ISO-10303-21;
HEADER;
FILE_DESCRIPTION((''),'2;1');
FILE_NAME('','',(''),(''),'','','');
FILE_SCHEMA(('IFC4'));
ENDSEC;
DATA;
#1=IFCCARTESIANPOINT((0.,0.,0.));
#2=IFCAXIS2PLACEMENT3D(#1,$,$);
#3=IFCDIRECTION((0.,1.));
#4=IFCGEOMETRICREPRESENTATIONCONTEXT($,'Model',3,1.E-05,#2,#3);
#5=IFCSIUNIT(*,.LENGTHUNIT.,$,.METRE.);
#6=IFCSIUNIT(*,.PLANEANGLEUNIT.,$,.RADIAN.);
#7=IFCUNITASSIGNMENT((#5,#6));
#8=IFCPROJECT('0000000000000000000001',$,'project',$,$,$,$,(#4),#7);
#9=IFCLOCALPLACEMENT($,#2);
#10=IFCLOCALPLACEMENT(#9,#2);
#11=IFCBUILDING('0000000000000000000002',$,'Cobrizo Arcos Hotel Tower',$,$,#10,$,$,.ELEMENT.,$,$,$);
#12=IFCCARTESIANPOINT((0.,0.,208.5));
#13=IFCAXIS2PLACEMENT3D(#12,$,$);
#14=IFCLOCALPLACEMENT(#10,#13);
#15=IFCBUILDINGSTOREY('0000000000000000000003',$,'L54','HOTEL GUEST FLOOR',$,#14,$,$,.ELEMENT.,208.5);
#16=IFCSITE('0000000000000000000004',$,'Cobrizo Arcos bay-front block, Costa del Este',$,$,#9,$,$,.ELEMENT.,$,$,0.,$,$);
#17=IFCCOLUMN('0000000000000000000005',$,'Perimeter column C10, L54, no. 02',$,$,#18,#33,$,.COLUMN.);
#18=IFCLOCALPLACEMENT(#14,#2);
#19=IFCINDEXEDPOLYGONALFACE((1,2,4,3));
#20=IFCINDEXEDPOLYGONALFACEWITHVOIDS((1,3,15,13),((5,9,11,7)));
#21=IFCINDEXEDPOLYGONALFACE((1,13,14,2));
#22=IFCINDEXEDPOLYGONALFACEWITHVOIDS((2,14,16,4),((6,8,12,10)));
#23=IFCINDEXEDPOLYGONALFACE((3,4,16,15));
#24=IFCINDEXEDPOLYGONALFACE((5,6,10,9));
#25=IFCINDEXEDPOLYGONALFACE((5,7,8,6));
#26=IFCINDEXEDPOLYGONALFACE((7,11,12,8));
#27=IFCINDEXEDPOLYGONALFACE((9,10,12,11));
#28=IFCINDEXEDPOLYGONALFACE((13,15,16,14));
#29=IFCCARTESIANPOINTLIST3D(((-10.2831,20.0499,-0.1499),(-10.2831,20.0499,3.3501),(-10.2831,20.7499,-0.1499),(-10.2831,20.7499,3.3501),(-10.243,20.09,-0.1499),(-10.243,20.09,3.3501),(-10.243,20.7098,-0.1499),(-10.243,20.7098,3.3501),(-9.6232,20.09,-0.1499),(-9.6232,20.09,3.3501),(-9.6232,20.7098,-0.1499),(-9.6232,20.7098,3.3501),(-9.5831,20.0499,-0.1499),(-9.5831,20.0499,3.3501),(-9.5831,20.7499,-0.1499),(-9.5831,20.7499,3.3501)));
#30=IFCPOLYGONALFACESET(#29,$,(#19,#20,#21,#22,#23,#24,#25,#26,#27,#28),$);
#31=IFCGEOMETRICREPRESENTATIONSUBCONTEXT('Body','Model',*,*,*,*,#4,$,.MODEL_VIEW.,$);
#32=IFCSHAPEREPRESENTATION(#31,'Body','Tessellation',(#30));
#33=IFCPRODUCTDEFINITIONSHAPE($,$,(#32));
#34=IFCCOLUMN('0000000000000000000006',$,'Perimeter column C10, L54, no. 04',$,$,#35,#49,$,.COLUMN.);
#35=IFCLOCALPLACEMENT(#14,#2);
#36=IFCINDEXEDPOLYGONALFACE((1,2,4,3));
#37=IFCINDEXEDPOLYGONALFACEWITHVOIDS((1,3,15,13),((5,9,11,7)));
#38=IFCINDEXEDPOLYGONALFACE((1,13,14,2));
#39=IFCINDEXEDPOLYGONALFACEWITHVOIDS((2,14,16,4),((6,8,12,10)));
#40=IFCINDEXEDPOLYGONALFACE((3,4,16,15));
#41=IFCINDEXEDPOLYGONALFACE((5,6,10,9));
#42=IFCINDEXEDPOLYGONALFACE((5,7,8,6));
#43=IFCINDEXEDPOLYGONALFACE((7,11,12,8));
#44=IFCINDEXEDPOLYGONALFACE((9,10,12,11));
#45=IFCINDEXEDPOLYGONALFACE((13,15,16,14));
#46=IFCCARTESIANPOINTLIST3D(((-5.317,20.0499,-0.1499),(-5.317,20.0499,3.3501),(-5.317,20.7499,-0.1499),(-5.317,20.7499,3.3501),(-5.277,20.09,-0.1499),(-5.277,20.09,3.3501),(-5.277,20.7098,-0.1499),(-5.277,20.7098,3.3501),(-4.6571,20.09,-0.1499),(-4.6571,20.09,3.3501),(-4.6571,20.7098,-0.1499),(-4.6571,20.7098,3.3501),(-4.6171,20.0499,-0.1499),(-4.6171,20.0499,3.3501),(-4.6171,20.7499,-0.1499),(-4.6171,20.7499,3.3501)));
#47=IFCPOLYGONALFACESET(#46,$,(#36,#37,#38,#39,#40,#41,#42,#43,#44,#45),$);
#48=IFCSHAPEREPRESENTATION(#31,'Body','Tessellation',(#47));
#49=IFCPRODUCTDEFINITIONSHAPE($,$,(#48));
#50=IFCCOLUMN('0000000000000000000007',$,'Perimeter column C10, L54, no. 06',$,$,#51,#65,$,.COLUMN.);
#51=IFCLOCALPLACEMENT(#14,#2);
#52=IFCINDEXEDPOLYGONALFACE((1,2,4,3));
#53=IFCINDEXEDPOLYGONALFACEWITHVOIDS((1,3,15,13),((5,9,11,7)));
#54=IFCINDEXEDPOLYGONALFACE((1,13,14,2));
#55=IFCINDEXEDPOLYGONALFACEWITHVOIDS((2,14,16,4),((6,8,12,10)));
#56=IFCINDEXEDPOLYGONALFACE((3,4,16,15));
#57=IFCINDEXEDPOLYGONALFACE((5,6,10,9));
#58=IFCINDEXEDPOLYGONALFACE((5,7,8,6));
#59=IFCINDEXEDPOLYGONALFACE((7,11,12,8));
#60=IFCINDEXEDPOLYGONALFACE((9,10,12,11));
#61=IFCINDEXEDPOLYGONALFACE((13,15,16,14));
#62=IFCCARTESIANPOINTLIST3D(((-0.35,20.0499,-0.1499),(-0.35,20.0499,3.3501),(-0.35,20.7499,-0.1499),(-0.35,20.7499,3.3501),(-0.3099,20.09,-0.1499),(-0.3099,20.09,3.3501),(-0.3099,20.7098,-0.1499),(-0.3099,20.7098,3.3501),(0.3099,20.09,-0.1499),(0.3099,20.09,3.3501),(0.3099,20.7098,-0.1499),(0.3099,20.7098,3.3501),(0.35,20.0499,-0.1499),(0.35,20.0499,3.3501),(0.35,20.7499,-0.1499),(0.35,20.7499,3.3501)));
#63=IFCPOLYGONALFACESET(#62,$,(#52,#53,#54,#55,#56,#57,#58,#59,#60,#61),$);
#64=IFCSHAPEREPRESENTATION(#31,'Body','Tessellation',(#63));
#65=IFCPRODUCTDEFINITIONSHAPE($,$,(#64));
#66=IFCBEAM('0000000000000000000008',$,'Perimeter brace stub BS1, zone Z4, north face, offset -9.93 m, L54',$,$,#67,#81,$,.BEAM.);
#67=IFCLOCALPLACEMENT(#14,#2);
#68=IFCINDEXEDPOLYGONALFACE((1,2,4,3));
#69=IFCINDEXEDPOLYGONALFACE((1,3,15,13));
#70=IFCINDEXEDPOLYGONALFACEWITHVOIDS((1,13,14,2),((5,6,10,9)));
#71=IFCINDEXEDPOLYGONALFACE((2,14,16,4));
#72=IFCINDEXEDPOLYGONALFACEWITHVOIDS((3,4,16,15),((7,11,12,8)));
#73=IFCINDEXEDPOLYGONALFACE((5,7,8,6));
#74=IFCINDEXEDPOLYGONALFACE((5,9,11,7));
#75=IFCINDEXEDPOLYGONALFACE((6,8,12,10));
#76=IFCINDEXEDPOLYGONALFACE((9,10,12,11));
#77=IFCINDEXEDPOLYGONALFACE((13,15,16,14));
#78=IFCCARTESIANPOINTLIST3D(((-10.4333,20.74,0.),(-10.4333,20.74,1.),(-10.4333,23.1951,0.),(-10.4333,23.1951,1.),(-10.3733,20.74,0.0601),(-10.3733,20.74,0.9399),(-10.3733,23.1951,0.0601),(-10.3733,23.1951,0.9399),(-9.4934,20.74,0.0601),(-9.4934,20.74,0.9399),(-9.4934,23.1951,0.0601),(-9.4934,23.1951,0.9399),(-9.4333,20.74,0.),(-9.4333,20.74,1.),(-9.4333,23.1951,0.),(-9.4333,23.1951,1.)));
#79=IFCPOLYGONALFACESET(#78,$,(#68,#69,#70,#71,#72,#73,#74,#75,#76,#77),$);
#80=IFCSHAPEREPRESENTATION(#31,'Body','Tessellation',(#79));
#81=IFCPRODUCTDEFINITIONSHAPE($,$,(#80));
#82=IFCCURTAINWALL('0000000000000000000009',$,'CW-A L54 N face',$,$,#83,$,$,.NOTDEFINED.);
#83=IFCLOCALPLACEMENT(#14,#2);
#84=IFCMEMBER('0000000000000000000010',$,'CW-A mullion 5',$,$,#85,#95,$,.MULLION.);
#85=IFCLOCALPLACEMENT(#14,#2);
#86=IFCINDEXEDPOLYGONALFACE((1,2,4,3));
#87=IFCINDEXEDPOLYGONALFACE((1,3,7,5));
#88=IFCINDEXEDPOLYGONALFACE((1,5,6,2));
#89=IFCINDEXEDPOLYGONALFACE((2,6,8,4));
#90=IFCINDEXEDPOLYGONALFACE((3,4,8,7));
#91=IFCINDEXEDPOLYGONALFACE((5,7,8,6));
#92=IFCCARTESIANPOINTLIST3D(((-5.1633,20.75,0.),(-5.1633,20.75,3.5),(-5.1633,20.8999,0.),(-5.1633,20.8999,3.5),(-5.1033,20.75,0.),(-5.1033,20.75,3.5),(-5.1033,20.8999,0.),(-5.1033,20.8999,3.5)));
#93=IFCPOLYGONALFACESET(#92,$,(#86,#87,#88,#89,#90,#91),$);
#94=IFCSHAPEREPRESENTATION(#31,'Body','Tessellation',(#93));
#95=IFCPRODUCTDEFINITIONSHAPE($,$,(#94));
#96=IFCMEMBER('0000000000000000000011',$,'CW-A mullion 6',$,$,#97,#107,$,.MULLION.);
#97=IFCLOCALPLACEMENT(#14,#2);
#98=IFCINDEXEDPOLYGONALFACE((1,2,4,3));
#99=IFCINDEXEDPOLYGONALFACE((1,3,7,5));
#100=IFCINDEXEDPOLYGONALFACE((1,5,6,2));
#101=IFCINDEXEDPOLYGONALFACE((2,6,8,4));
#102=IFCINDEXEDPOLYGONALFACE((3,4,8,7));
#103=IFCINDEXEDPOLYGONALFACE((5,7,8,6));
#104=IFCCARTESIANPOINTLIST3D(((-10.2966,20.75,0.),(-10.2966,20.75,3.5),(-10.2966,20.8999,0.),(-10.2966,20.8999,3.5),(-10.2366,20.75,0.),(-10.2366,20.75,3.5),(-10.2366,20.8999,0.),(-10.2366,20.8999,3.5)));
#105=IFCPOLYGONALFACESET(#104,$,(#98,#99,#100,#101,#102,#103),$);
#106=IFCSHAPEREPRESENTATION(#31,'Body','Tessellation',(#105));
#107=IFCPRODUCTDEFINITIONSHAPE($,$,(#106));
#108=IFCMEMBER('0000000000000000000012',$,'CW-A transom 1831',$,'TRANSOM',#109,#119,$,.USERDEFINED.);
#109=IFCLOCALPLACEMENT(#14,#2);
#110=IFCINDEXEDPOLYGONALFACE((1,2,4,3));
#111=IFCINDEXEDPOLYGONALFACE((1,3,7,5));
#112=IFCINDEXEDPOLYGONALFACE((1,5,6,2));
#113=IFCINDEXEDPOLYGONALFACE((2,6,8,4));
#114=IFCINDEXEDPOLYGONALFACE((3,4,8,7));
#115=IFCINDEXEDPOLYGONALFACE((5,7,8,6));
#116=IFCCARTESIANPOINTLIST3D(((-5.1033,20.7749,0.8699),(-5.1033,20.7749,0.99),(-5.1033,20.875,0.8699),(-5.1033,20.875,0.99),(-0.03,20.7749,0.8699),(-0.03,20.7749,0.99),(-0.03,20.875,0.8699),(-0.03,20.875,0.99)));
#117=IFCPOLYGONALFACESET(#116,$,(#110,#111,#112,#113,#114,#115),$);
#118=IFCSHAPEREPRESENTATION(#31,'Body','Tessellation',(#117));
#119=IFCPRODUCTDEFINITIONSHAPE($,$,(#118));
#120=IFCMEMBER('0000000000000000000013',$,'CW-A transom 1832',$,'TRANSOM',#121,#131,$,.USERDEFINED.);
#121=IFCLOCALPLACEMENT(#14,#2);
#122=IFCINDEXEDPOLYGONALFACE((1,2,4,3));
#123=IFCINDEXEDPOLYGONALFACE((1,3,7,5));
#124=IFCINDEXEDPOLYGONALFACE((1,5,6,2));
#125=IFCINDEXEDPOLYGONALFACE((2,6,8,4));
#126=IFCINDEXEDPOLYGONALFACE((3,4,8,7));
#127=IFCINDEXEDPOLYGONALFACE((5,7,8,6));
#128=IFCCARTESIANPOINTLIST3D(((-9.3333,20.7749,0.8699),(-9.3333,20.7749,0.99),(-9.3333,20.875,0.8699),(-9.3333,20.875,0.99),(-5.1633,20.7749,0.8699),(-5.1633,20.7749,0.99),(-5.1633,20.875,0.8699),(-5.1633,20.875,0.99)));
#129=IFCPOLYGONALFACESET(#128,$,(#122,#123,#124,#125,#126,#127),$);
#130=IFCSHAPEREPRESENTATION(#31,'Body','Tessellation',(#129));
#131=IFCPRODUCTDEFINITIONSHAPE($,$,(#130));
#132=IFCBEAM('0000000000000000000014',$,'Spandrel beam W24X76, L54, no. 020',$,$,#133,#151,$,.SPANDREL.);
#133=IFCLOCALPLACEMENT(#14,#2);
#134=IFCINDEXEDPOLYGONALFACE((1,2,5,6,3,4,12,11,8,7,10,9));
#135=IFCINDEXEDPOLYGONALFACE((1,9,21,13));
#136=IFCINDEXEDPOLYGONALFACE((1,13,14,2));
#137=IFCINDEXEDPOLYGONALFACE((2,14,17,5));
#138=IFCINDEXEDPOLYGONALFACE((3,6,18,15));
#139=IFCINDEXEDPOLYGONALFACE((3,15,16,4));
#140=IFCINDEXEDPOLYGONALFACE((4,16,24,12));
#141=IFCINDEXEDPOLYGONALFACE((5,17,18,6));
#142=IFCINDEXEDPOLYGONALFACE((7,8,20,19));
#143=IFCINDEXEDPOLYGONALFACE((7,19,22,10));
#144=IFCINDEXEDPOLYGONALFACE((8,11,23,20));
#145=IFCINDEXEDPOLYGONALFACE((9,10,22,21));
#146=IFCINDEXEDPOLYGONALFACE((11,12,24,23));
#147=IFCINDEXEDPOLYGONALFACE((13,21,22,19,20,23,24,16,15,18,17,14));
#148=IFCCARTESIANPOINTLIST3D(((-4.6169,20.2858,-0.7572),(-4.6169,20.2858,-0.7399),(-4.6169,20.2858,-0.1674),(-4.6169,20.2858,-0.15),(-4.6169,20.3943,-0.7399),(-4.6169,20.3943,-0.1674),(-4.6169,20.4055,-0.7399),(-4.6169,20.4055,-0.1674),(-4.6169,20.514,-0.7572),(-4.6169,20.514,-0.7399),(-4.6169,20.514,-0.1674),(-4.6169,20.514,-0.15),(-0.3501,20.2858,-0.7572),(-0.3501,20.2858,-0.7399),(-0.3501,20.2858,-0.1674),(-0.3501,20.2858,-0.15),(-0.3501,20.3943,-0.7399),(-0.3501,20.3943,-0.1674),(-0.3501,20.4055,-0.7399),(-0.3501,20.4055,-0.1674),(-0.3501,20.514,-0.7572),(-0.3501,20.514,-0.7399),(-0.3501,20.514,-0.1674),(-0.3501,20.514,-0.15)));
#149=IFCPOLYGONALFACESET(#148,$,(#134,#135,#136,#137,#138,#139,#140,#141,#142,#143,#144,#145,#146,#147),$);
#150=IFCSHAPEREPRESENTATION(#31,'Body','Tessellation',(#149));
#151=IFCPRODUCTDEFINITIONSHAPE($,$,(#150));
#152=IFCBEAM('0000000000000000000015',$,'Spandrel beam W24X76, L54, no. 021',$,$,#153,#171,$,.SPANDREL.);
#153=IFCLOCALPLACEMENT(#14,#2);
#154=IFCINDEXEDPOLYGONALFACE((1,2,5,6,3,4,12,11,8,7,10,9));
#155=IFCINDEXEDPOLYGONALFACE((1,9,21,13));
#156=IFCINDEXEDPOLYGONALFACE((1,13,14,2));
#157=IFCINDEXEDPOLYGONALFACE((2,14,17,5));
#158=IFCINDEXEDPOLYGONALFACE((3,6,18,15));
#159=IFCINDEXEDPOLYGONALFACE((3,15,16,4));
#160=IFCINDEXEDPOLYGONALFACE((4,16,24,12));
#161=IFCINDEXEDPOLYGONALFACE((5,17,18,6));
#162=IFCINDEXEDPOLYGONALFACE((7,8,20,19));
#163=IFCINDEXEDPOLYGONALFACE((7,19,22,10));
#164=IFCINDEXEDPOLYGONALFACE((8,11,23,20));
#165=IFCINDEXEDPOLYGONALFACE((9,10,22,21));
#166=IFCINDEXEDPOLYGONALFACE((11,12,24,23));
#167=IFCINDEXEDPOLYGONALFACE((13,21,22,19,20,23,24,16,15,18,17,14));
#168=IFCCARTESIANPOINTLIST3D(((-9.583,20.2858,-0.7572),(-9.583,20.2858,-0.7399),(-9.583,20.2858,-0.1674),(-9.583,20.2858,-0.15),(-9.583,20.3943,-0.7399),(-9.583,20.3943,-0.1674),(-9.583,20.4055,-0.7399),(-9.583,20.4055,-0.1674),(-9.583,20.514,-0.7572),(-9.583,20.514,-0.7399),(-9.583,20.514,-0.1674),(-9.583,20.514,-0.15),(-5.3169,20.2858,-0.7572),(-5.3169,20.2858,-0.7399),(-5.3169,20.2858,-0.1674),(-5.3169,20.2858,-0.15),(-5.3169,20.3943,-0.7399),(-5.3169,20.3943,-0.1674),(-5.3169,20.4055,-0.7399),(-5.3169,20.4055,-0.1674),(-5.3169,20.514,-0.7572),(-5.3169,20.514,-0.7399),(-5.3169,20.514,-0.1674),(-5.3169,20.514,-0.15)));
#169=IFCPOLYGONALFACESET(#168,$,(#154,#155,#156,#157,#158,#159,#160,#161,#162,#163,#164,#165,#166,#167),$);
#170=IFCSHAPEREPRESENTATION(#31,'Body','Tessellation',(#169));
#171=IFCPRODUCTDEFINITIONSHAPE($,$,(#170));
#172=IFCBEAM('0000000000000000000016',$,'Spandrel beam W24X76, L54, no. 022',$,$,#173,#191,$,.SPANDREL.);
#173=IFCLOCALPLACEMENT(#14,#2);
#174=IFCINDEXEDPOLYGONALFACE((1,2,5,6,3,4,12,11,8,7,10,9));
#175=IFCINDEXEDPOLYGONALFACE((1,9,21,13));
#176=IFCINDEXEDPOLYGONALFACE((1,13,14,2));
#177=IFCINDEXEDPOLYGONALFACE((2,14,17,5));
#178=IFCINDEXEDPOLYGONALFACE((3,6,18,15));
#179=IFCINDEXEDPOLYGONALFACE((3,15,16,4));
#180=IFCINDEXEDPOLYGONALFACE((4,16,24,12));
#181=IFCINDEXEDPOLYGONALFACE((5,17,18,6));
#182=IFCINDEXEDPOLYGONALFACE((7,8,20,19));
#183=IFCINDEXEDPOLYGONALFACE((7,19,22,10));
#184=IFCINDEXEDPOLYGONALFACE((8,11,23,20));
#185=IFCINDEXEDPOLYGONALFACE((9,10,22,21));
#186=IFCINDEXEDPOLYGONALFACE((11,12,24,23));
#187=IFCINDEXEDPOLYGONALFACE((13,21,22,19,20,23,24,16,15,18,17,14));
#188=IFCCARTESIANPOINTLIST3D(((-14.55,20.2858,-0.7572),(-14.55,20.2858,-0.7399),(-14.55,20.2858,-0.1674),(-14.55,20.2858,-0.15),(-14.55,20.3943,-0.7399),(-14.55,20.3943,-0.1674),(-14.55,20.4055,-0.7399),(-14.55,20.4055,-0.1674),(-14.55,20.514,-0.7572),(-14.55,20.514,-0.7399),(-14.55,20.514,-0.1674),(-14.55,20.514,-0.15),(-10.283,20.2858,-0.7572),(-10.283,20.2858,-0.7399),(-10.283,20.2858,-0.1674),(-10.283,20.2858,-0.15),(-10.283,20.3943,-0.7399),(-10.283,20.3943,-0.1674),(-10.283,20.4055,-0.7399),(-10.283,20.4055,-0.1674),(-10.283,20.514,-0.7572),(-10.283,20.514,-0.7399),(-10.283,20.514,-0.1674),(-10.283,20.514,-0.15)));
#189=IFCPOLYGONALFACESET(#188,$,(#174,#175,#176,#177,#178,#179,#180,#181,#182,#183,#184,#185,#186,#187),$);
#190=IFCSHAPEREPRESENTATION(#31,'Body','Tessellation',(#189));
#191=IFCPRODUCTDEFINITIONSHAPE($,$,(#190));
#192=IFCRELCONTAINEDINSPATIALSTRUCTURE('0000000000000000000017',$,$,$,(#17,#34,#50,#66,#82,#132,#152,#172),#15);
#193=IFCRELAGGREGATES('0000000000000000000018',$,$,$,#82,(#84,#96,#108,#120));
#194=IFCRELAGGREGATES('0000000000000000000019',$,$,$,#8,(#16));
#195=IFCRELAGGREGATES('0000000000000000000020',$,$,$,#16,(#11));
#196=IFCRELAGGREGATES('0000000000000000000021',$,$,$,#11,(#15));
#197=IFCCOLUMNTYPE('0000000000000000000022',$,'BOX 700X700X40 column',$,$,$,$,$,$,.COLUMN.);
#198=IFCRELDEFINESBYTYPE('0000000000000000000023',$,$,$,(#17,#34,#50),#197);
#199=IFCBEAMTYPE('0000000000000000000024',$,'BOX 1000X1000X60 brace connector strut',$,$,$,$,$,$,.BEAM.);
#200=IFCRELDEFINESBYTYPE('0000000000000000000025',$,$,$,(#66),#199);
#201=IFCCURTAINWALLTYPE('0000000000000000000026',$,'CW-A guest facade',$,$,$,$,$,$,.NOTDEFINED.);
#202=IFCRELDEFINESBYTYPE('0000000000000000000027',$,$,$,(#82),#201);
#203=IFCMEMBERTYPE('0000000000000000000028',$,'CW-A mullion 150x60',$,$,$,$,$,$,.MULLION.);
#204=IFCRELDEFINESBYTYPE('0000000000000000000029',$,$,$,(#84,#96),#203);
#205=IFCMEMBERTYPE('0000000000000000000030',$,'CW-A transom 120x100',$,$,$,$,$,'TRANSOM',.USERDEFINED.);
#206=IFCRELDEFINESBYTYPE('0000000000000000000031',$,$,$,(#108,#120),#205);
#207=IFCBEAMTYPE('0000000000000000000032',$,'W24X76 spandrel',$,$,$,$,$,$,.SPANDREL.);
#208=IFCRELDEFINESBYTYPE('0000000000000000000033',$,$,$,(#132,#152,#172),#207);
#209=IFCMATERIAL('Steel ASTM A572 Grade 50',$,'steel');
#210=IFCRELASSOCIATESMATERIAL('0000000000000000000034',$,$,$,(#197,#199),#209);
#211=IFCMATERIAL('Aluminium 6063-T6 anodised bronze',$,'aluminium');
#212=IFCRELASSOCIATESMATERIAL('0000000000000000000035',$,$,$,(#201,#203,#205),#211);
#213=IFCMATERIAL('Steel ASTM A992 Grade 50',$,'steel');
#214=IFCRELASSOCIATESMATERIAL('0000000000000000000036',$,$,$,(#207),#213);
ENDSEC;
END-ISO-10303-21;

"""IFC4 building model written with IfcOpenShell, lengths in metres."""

from ifc_helpers import new_model, si_unit, direction, frame, origin, origin_2d, place, context, subcontext, project, spatial, rectangle, hollow_rectangle, i_section, extrude, material, material_profile, profile_set, type_object, element, aggregate, save


model = new_model("IFC4")

# Units and contexts
model_context = context("Model", 3, precision=1e-05, world=origin(), true_north=direction((0.0, 1.0)))
body_context = subcontext(model_context, "Body", "Model", "MODEL_VIEW")
ifc_project = project(units=[si_unit("LENGTHUNIT", "METRE"), si_unit("PLANEANGLEUNIT", "RADIAN")], contexts=[model_context])

# Site, building, storey
site_placement = place(None, origin())
site = spatial("IfcSite", under=ifc_project, at=site_placement, Name="Cobrizo Arcos bay-front block, Costa del Este", CompositionType="ELEMENT", RefElevation=0.0)
building_placement = place(site_placement, origin())
building = spatial("IfcBuilding", under=site, at=building_placement, Name="Cobrizo Arcos Hotel Tower", CompositionType="ELEMENT")
storey_placement = place(building_placement, frame((0.0, 0.0, 208.5)))
storey = spatial("IfcBuildingStorey", under=building, at=storey_placement, Name="L54", Description="HOTEL GUEST FLOOR", CompositionType="ELEMENT", Elevation=208.5)

# Columns
ifc_material_1 = material(Name="Steel ASTM A572 Grade 50", Category="steel")
ifc_material_profile_1 = material_profile(ifc_material_1, hollow_rectangle(XDim=0.7, YDim=0.7, WallThickness=0.04, at=origin_2d()), Name="BOX 700X700X40")
ifc_profile_set_1 = profile_set([ifc_material_profile_1], Name="Steel ASTM A572 Grade 50")
column_type = type_object("IfcColumnType", Name="BOX 700X700X40 column", PredefinedType="COLUMN", material=ifc_profile_set_1)
for number, where, z_axis, x_axis, name in (
    (1, (-9.9331, 20.3999, -0.1499), (0.0, 0.0, 1.0), (1.0, 0.0, 0.0), "Perimeter column C10, L54, no. 02"),
    (2, (-4.967, 20.3999, -0.1499), (0.0, 0.0, 1.0), (1.0, 0.0, 0.0), "Perimeter column C10, L54, no. 04"),
    (3, (0.0, 20.3999, -0.1499), (0.0, 0.0, 1.0), (1.0, 0.0, 0.0), "Perimeter column C10, L54, no. 06"),
):
    element("IfcColumn", number, at=place(storey_placement, frame(where, z_axis=z_axis, x_axis=x_axis)), inside=storey, type_object=column_type, Name=name, PredefinedType="COLUMN", context=body_context, shape_type="SweptSolid", body=[
        extrude(hollow_rectangle(XDim=0.7, YDim=0.7, WallThickness=0.04, at=origin_2d()), origin(), (0.0, 0.0, 1.0), 3.5),
    ])

# Beam
ifc_material_profile_2 = material_profile(ifc_material_1, hollow_rectangle(XDim=1.0, YDim=1.0, WallThickness=0.0601, at=origin_2d()), Name="BOX 1000X1000X60")
ifc_profile_set_2 = profile_set([ifc_material_profile_2], Name="Steel ASTM A572 Grade 50")
beam_type_1 = type_object("IfcBeamType", Name="BOX 1000X1000X60 brace connector strut", PredefinedType="BEAM", material=ifc_profile_set_2)
beam_1_placement = place(storey_placement, frame((-9.9333, 20.74, 0.5), z_axis=(0.0, 1.0, 0.0), x_axis=(-1.0, 0.0, 0.0)))
element("IfcBeam", 4, at=beam_1_placement, inside=storey, type_object=beam_type_1, Name="Perimeter brace stub BS1, zone Z4, north face, offset -9.93 m, L54", PredefinedType="BEAM", context=body_context, shape_type="SweptSolid", body=[
    extrude(hollow_rectangle(XDim=1.0, YDim=1.0, WallThickness=0.0601, at=origin_2d()), origin(), (0.0, 0.0, 1.0), 2.4551),
])

# Curtain wall, members
ifc_material_2 = material(Name="Aluminium 6063-T6 anodised bronze", Category="aluminium")
curtain_wall_type = type_object("IfcCurtainWallType", Name="CW-A guest facade", PredefinedType="NOTDEFINED", material=ifc_material_2)
curtain_wall_placement = place(storey_placement, origin())
curtain_wall = element("IfcCurtainWall", 5, at=curtain_wall_placement, inside=storey, type_object=curtain_wall_type, Name="CW-A L54 N face", PredefinedType="NOTDEFINED")
ifc_material_profile_3 = material_profile(ifc_material_2, rectangle(XDim=0.1499, YDim=0.0601, at=origin_2d()), Name="CW-A mullion 150x60")
ifc_profile_set_3 = profile_set([ifc_material_profile_3], Name="Aluminium 6063-T6 anodised bronze")
member_type_1 = type_object("IfcMemberType", Name="CW-A mullion 150x60", PredefinedType="MULLION", material=ifc_profile_set_3)
member_1_placement = place(storey_placement, frame((-5.1333, 20.825, 0.0), z_axis=(0.0, 0.0, 1.0), x_axis=(0.0, 1.0, 0.0)))
member_1 = element("IfcMember", 6, at=member_1_placement, type_object=member_type_1, Name="CW-A mullion 5", PredefinedType="MULLION", context=body_context, shape_type="SweptSolid", body=[
    extrude(rectangle(XDim=0.1499, YDim=0.0601, at=origin_2d()), origin(), (0.0, 0.0, 1.0), 3.5),
])
member_2_placement = place(storey_placement, frame((-10.2666, 20.825, 0.0), z_axis=(0.0, 0.0, 1.0), x_axis=(0.0, 1.0, 0.0)))
member_2 = element("IfcMember", 7, at=member_2_placement, type_object=member_type_1, Name="CW-A mullion 6", PredefinedType="MULLION", context=body_context, shape_type="SweptSolid", body=[
    extrude(rectangle(XDim=0.1499, YDim=0.0601, at=origin_2d()), origin(), (0.0, 0.0, 1.0), 3.5),
])
ifc_material_profile_4 = material_profile(ifc_material_2, rectangle(XDim=0.1001, YDim=0.1201, at=origin_2d()), Name="CW-A transom 120x100")
ifc_profile_set_4 = profile_set([ifc_material_profile_4], Name="Aluminium 6063-T6 anodised bronze")
member_type_2 = type_object("IfcMemberType", Name="CW-A transom 120x100", ElementType="TRANSOM", PredefinedType="USERDEFINED", material=ifc_profile_set_4)
member_3_placement = place(storey_placement, frame((-0.03, 20.825, 0.9299), z_axis=(-1.0, 0.0, 0.0), x_axis=(0.0, -1.0, 0.0)))
member_3 = element("IfcMember", 8, at=member_3_placement, type_object=member_type_2, Name="CW-A transom 1831", ObjectType="TRANSOM", PredefinedType="USERDEFINED", context=body_context, shape_type="SweptSolid", body=[
    extrude(rectangle(XDim=0.1001, YDim=0.1201, at=origin_2d()), origin(), (0.0, 0.0, 1.0), 5.0732),
])
member_4_placement = place(storey_placement, frame((-5.1633, 20.825, 0.9299), z_axis=(-1.0, 0.0, 0.0), x_axis=(0.0, -1.0, 0.0)))
member_4 = element("IfcMember", 9, at=member_4_placement, type_object=member_type_2, Name="CW-A transom 1832", ObjectType="TRANSOM", PredefinedType="USERDEFINED", context=body_context, shape_type="SweptSolid", body=[
    extrude(rectangle(XDim=0.1001, YDim=0.1201, at=origin_2d()), origin(), (0.0, 0.0, 1.0), 4.1699),
])

# Beams
ifc_material_3 = material(Name="Steel ASTM A992 Grade 50", Category="steel")
ifc_material_profile_5 = material_profile(ifc_material_3, i_section(OverallWidth=0.2283, OverallDepth=0.6072, WebThickness=0.0112, FlangeThickness=0.0173, at=origin_2d()), Name="W24X76")
ifc_profile_set_5 = profile_set([ifc_material_profile_5], Name="Steel ASTM A992 Grade 50")
beam_type_2 = type_object("IfcBeamType", Name="W24X76 spandrel", PredefinedType="SPANDREL", material=ifc_profile_set_5)
beam_2_placement = place(storey_placement, frame((-0.3501, 20.3999, -0.4536), z_axis=(-1.0, 0.0, 0.0), x_axis=(0.0, -1.0, 0.0)))
element("IfcBeam", 10, at=beam_2_placement, inside=storey, type_object=beam_type_2, Name="Spandrel beam W24X76, L54, no. 020", PredefinedType="SPANDREL", context=body_context, shape_type="SweptSolid", body=[
    extrude(i_section(OverallWidth=0.2283, OverallDepth=0.6072, WebThickness=0.0112, FlangeThickness=0.0173, at=origin_2d()), origin(), (0.0, 0.0, 1.0), 4.2668),
])
beam_3_placement = place(storey_placement, frame((-5.3169, 20.3999, -0.4536), z_axis=(-1.0, 0.0, 0.0), x_axis=(0.0, -1.0, 0.0)))
element("IfcBeam", 11, at=beam_3_placement, inside=storey, type_object=beam_type_2, Name="Spandrel beam W24X76, L54, no. 021", PredefinedType="SPANDREL", context=body_context, shape_type="SweptSolid", body=[
    extrude(i_section(OverallWidth=0.2283, OverallDepth=0.6072, WebThickness=0.0112, FlangeThickness=0.0173, at=origin_2d()), origin(), (0.0, 0.0, 1.0), 4.2661),
])
beam_4_placement = place(storey_placement, frame((-10.283, 20.3999, -0.4536), z_axis=(-1.0, 0.0, 0.0), x_axis=(0.0, -1.0, 0.0)))
element("IfcBeam", 12, at=beam_4_placement, inside=storey, type_object=beam_type_2, Name="Spandrel beam W24X76, L54, no. 022", PredefinedType="SPANDREL", context=body_context, shape_type="SweptSolid", body=[
    extrude(i_section(OverallWidth=0.2283, OverallDepth=0.6072, WebThickness=0.0112, FlangeThickness=0.0173, at=origin_2d()), origin(), (0.0, 0.0, 1.0), 4.2671),
])

aggregate(curtain_wall, [member_1, member_2, member_3, member_4])

save(model, "model.ifc")
